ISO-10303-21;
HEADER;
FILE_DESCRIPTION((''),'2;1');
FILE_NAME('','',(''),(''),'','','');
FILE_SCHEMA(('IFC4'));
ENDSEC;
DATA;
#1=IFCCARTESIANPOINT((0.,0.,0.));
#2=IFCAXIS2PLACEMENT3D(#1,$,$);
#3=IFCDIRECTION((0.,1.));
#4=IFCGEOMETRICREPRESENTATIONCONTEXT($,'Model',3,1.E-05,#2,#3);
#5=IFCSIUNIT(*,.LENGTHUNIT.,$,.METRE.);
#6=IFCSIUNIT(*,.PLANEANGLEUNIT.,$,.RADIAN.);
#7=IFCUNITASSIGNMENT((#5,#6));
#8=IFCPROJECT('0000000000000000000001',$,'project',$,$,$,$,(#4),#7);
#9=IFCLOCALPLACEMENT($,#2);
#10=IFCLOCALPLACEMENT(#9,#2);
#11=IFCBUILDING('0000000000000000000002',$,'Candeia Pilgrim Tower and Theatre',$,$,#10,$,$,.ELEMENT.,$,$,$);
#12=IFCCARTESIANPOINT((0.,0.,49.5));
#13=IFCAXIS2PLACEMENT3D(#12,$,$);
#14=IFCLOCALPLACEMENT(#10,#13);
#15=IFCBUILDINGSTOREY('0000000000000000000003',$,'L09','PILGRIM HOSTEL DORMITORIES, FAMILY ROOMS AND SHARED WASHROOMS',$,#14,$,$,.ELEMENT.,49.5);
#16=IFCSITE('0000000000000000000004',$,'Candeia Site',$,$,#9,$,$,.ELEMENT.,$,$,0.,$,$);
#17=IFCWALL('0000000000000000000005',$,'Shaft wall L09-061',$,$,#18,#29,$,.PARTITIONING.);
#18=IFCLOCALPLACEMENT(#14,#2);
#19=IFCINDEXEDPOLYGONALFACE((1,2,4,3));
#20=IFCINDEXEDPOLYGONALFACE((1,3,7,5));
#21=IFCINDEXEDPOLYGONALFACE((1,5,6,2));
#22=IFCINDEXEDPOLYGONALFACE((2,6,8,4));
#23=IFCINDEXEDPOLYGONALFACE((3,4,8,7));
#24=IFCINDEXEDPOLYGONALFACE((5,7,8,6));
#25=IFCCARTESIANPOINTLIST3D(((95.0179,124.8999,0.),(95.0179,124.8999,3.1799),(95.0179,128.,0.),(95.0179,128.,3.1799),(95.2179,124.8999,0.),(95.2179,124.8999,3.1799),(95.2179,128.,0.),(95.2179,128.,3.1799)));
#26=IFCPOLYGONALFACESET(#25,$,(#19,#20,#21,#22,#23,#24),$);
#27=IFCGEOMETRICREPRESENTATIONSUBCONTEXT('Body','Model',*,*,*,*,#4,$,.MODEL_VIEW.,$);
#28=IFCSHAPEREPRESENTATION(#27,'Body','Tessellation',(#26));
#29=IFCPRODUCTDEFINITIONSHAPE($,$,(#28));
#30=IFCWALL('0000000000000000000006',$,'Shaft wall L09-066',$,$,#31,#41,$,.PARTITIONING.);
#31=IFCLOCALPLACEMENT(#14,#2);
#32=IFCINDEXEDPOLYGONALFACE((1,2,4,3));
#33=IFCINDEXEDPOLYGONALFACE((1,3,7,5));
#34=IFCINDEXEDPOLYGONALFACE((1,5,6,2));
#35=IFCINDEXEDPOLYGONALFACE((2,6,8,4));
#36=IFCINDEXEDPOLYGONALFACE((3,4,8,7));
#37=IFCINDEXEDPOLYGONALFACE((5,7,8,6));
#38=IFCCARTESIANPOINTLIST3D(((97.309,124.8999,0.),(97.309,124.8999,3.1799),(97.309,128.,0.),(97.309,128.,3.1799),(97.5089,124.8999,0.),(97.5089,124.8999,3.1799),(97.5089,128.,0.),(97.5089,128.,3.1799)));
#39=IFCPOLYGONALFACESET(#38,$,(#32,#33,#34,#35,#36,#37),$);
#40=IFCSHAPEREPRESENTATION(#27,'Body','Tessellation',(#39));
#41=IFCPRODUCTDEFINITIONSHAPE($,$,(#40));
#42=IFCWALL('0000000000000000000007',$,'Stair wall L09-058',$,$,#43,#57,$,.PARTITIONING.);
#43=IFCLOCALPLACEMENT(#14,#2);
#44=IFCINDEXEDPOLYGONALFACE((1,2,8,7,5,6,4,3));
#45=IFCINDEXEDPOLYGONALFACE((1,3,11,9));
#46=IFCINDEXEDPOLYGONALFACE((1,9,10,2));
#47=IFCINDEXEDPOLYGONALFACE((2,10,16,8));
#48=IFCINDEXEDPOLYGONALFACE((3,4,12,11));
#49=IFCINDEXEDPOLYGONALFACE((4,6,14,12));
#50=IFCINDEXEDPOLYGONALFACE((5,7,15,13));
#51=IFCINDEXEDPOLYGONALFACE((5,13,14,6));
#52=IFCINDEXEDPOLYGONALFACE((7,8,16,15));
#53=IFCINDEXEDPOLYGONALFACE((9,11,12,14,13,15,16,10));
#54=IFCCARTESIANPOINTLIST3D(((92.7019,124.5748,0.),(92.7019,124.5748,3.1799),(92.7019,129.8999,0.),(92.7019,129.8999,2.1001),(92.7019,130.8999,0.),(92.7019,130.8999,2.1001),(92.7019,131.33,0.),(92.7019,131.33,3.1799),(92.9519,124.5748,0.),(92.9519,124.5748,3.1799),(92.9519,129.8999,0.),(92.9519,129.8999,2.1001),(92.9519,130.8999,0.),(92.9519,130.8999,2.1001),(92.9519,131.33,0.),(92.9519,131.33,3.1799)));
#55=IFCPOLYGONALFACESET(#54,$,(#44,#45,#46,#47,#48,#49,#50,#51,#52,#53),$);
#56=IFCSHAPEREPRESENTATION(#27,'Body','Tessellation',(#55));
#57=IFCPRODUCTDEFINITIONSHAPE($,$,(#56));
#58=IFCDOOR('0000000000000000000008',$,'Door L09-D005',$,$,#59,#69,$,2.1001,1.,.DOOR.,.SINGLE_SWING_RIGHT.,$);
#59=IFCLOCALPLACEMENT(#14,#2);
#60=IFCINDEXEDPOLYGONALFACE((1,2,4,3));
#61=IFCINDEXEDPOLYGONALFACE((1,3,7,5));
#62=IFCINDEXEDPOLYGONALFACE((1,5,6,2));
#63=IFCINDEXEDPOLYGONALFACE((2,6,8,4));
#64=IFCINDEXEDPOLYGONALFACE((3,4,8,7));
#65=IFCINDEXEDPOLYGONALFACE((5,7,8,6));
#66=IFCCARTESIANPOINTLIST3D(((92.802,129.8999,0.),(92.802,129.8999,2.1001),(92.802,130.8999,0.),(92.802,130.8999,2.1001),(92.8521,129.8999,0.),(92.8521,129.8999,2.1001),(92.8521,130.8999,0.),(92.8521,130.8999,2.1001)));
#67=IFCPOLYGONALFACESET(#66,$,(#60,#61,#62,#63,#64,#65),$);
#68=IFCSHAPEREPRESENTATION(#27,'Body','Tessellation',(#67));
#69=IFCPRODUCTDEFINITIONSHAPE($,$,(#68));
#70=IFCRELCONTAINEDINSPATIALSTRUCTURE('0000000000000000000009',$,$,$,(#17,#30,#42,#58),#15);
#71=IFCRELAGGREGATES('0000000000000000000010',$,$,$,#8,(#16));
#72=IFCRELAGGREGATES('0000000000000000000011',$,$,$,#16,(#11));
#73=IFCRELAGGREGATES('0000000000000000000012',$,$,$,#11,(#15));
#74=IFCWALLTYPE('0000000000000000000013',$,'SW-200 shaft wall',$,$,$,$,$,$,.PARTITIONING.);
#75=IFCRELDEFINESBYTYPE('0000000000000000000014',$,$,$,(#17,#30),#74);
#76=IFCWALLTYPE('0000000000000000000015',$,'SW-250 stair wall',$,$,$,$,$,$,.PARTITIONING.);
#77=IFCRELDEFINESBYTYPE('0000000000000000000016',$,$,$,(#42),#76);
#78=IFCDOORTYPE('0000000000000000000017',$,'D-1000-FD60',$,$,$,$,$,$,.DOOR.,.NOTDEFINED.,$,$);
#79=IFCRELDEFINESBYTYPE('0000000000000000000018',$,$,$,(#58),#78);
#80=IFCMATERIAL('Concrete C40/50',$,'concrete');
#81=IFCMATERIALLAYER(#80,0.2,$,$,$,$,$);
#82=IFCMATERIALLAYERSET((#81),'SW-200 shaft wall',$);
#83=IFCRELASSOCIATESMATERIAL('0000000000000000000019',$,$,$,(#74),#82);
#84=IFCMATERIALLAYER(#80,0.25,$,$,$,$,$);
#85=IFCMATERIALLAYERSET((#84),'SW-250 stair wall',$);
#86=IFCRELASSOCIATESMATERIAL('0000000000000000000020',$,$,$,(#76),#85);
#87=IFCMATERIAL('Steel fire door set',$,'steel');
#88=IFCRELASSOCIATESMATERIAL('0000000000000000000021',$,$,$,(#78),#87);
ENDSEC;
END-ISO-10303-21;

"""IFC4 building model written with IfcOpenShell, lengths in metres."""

from ifc_helpers import new_model, si_unit, direction, frame, frame_2d, origin, place, context, subcontext, project, spatial, rectangle, extrude, material, layer, layer_set, type_object, element, fill, save


model = new_model("IFC4")

# Units and contexts
model_context = context("Model", 3, precision=1e-05, world=origin(), true_north=direction((0.0, 1.0)))
body_context = subcontext(model_context, "Body", "Model", "MODEL_VIEW")
ifc_project = project(units=[si_unit("LENGTHUNIT", "METRE"), si_unit("PLANEANGLEUNIT", "RADIAN")], contexts=[model_context])

# Site, building, storey
site_placement = place(None, origin())
site = spatial("IfcSite", under=ifc_project, at=site_placement, Name="Candeia Site", CompositionType="ELEMENT", RefElevation=0.0)
building_placement = place(site_placement, origin())
building = spatial("IfcBuilding", under=site, at=building_placement, Name="Candeia Pilgrim Tower and Theatre", CompositionType="ELEMENT")
storey_placement = place(building_placement, frame((0.0, 0.0, 49.5)))
storey = spatial("IfcBuildingStorey", under=building, at=storey_placement, Name="L09", Description="PILGRIM HOSTEL DORMITORIES, FAMILY ROOMS AND SHARED WASHROOMS", CompositionType="ELEMENT", Elevation=49.5)

# Shared definitions
ifc_material_1 = material(Name="Steel fire door set", Category="steel")

# Shared definitions
ifc_material_2 = material(Name="Concrete C40/50", Category="concrete")
ifc_layer_1 = layer(ifc_material_2, 0.2)
ifc_layer_set_1 = layer_set([ifc_layer_1], Name="SW-200 shaft wall")
wall_type_1 = type_object("IfcWallType", Name="SW-200 shaft wall", PredefinedType="PARTITIONING", material=ifc_layer_set_1)

# Walls
for number, where, z_axis, x_axis, name in (
    (1, (95.1179, 124.8999, 0.0), (0.0, 0.0, 1.0), (0.0, 1.0, 0.0), "Shaft wall L09-061"),
    (2, (97.4089, 124.8999, 0.0), (0.0, 0.0, 1.0), (0.0, 1.0, 0.0), "Shaft wall L09-066"),
):
    element("IfcWall", number, at=place(storey_placement, frame(where, z_axis=z_axis, x_axis=x_axis)), inside=storey, type_object=wall_type_1, Name=name, PredefinedType="PARTITIONING", context=body_context, shape_type="SweptSolid", body=[
        extrude(rectangle(XDim=3.1001, YDim=0.2, at=frame_2d((1.55, 0.0))), origin(), (0.0, 0.0, 1.0), 3.1799),
    ])

# Wall, opening, door
ifc_layer_2 = layer(ifc_material_2, 0.25)
ifc_layer_set_2 = layer_set([ifc_layer_2], Name="SW-250 stair wall")
wall_type_2 = type_object("IfcWallType", Name="SW-250 stair wall", PredefinedType="PARTITIONING", material=ifc_layer_set_2)
wall_1_placement = place(storey_placement, frame((92.8269, 124.575, 0.0), z_axis=(0.0, 0.0, 1.0), x_axis=(0.0, 1.0, 0.0)))
wall_1 = element("IfcWall", 3, at=wall_1_placement, inside=storey, type_object=wall_type_2, Name="Stair wall L09-058", PredefinedType="PARTITIONING", context=body_context, shape_type="SweptSolid", body=[
    extrude(rectangle(XDim=6.7551, YDim=0.25, at=frame_2d((3.3774, 0.0))), origin(), (0.0, 0.0, 1.0), 3.1799),
])
opening_1_placement = place(wall_1_placement, frame((5.325, 0.0, 0.0)))
opening_1 = element("IfcOpeningElement", 4, at=opening_1_placement, cuts=wall_1, PredefinedType="OPENING", context=body_context, shape_type="SweptSolid", body=[
    extrude(rectangle(XDim=1.0, YDim=2.1001, at=frame_2d((0.5, 1.05))), frame((0.0, 0.135, 0.0), z_axis=(0.0, -1.0, 0.0), x_axis=(1.0, 0.0, 0.0)), (0.0, 0.0, 1.0), 0.27),
])
door_type_1 = type_object("IfcDoorType", Name="D-1000-FD60", OperationType="NOTDEFINED", PredefinedType="DOOR", material=ifc_material_1)
door_1_placement = place(opening_1_placement, origin())
door_1 = element("IfcDoor", 5, at=door_1_placement, inside=storey, type_object=door_type_1, Name="Door L09-D005", OperationType="SINGLE_SWING_RIGHT", OverallHeight=2.1001, OverallWidth=1.0, PredefinedType="DOOR", context=body_context, shape_type="SweptSolid", body=[
    extrude(rectangle(XDim=1.0, YDim=2.1001, at=frame_2d((0.5, 1.05))), frame((0.0, 0.0249, 0.0), z_axis=(0.0, -1.0, 0.0), x_axis=(1.0, 0.0, 0.0)), (0.0, 0.0, 1.0), 0.05),
])
fill(opening_1, door_1)

save(model, "model.ifc")
